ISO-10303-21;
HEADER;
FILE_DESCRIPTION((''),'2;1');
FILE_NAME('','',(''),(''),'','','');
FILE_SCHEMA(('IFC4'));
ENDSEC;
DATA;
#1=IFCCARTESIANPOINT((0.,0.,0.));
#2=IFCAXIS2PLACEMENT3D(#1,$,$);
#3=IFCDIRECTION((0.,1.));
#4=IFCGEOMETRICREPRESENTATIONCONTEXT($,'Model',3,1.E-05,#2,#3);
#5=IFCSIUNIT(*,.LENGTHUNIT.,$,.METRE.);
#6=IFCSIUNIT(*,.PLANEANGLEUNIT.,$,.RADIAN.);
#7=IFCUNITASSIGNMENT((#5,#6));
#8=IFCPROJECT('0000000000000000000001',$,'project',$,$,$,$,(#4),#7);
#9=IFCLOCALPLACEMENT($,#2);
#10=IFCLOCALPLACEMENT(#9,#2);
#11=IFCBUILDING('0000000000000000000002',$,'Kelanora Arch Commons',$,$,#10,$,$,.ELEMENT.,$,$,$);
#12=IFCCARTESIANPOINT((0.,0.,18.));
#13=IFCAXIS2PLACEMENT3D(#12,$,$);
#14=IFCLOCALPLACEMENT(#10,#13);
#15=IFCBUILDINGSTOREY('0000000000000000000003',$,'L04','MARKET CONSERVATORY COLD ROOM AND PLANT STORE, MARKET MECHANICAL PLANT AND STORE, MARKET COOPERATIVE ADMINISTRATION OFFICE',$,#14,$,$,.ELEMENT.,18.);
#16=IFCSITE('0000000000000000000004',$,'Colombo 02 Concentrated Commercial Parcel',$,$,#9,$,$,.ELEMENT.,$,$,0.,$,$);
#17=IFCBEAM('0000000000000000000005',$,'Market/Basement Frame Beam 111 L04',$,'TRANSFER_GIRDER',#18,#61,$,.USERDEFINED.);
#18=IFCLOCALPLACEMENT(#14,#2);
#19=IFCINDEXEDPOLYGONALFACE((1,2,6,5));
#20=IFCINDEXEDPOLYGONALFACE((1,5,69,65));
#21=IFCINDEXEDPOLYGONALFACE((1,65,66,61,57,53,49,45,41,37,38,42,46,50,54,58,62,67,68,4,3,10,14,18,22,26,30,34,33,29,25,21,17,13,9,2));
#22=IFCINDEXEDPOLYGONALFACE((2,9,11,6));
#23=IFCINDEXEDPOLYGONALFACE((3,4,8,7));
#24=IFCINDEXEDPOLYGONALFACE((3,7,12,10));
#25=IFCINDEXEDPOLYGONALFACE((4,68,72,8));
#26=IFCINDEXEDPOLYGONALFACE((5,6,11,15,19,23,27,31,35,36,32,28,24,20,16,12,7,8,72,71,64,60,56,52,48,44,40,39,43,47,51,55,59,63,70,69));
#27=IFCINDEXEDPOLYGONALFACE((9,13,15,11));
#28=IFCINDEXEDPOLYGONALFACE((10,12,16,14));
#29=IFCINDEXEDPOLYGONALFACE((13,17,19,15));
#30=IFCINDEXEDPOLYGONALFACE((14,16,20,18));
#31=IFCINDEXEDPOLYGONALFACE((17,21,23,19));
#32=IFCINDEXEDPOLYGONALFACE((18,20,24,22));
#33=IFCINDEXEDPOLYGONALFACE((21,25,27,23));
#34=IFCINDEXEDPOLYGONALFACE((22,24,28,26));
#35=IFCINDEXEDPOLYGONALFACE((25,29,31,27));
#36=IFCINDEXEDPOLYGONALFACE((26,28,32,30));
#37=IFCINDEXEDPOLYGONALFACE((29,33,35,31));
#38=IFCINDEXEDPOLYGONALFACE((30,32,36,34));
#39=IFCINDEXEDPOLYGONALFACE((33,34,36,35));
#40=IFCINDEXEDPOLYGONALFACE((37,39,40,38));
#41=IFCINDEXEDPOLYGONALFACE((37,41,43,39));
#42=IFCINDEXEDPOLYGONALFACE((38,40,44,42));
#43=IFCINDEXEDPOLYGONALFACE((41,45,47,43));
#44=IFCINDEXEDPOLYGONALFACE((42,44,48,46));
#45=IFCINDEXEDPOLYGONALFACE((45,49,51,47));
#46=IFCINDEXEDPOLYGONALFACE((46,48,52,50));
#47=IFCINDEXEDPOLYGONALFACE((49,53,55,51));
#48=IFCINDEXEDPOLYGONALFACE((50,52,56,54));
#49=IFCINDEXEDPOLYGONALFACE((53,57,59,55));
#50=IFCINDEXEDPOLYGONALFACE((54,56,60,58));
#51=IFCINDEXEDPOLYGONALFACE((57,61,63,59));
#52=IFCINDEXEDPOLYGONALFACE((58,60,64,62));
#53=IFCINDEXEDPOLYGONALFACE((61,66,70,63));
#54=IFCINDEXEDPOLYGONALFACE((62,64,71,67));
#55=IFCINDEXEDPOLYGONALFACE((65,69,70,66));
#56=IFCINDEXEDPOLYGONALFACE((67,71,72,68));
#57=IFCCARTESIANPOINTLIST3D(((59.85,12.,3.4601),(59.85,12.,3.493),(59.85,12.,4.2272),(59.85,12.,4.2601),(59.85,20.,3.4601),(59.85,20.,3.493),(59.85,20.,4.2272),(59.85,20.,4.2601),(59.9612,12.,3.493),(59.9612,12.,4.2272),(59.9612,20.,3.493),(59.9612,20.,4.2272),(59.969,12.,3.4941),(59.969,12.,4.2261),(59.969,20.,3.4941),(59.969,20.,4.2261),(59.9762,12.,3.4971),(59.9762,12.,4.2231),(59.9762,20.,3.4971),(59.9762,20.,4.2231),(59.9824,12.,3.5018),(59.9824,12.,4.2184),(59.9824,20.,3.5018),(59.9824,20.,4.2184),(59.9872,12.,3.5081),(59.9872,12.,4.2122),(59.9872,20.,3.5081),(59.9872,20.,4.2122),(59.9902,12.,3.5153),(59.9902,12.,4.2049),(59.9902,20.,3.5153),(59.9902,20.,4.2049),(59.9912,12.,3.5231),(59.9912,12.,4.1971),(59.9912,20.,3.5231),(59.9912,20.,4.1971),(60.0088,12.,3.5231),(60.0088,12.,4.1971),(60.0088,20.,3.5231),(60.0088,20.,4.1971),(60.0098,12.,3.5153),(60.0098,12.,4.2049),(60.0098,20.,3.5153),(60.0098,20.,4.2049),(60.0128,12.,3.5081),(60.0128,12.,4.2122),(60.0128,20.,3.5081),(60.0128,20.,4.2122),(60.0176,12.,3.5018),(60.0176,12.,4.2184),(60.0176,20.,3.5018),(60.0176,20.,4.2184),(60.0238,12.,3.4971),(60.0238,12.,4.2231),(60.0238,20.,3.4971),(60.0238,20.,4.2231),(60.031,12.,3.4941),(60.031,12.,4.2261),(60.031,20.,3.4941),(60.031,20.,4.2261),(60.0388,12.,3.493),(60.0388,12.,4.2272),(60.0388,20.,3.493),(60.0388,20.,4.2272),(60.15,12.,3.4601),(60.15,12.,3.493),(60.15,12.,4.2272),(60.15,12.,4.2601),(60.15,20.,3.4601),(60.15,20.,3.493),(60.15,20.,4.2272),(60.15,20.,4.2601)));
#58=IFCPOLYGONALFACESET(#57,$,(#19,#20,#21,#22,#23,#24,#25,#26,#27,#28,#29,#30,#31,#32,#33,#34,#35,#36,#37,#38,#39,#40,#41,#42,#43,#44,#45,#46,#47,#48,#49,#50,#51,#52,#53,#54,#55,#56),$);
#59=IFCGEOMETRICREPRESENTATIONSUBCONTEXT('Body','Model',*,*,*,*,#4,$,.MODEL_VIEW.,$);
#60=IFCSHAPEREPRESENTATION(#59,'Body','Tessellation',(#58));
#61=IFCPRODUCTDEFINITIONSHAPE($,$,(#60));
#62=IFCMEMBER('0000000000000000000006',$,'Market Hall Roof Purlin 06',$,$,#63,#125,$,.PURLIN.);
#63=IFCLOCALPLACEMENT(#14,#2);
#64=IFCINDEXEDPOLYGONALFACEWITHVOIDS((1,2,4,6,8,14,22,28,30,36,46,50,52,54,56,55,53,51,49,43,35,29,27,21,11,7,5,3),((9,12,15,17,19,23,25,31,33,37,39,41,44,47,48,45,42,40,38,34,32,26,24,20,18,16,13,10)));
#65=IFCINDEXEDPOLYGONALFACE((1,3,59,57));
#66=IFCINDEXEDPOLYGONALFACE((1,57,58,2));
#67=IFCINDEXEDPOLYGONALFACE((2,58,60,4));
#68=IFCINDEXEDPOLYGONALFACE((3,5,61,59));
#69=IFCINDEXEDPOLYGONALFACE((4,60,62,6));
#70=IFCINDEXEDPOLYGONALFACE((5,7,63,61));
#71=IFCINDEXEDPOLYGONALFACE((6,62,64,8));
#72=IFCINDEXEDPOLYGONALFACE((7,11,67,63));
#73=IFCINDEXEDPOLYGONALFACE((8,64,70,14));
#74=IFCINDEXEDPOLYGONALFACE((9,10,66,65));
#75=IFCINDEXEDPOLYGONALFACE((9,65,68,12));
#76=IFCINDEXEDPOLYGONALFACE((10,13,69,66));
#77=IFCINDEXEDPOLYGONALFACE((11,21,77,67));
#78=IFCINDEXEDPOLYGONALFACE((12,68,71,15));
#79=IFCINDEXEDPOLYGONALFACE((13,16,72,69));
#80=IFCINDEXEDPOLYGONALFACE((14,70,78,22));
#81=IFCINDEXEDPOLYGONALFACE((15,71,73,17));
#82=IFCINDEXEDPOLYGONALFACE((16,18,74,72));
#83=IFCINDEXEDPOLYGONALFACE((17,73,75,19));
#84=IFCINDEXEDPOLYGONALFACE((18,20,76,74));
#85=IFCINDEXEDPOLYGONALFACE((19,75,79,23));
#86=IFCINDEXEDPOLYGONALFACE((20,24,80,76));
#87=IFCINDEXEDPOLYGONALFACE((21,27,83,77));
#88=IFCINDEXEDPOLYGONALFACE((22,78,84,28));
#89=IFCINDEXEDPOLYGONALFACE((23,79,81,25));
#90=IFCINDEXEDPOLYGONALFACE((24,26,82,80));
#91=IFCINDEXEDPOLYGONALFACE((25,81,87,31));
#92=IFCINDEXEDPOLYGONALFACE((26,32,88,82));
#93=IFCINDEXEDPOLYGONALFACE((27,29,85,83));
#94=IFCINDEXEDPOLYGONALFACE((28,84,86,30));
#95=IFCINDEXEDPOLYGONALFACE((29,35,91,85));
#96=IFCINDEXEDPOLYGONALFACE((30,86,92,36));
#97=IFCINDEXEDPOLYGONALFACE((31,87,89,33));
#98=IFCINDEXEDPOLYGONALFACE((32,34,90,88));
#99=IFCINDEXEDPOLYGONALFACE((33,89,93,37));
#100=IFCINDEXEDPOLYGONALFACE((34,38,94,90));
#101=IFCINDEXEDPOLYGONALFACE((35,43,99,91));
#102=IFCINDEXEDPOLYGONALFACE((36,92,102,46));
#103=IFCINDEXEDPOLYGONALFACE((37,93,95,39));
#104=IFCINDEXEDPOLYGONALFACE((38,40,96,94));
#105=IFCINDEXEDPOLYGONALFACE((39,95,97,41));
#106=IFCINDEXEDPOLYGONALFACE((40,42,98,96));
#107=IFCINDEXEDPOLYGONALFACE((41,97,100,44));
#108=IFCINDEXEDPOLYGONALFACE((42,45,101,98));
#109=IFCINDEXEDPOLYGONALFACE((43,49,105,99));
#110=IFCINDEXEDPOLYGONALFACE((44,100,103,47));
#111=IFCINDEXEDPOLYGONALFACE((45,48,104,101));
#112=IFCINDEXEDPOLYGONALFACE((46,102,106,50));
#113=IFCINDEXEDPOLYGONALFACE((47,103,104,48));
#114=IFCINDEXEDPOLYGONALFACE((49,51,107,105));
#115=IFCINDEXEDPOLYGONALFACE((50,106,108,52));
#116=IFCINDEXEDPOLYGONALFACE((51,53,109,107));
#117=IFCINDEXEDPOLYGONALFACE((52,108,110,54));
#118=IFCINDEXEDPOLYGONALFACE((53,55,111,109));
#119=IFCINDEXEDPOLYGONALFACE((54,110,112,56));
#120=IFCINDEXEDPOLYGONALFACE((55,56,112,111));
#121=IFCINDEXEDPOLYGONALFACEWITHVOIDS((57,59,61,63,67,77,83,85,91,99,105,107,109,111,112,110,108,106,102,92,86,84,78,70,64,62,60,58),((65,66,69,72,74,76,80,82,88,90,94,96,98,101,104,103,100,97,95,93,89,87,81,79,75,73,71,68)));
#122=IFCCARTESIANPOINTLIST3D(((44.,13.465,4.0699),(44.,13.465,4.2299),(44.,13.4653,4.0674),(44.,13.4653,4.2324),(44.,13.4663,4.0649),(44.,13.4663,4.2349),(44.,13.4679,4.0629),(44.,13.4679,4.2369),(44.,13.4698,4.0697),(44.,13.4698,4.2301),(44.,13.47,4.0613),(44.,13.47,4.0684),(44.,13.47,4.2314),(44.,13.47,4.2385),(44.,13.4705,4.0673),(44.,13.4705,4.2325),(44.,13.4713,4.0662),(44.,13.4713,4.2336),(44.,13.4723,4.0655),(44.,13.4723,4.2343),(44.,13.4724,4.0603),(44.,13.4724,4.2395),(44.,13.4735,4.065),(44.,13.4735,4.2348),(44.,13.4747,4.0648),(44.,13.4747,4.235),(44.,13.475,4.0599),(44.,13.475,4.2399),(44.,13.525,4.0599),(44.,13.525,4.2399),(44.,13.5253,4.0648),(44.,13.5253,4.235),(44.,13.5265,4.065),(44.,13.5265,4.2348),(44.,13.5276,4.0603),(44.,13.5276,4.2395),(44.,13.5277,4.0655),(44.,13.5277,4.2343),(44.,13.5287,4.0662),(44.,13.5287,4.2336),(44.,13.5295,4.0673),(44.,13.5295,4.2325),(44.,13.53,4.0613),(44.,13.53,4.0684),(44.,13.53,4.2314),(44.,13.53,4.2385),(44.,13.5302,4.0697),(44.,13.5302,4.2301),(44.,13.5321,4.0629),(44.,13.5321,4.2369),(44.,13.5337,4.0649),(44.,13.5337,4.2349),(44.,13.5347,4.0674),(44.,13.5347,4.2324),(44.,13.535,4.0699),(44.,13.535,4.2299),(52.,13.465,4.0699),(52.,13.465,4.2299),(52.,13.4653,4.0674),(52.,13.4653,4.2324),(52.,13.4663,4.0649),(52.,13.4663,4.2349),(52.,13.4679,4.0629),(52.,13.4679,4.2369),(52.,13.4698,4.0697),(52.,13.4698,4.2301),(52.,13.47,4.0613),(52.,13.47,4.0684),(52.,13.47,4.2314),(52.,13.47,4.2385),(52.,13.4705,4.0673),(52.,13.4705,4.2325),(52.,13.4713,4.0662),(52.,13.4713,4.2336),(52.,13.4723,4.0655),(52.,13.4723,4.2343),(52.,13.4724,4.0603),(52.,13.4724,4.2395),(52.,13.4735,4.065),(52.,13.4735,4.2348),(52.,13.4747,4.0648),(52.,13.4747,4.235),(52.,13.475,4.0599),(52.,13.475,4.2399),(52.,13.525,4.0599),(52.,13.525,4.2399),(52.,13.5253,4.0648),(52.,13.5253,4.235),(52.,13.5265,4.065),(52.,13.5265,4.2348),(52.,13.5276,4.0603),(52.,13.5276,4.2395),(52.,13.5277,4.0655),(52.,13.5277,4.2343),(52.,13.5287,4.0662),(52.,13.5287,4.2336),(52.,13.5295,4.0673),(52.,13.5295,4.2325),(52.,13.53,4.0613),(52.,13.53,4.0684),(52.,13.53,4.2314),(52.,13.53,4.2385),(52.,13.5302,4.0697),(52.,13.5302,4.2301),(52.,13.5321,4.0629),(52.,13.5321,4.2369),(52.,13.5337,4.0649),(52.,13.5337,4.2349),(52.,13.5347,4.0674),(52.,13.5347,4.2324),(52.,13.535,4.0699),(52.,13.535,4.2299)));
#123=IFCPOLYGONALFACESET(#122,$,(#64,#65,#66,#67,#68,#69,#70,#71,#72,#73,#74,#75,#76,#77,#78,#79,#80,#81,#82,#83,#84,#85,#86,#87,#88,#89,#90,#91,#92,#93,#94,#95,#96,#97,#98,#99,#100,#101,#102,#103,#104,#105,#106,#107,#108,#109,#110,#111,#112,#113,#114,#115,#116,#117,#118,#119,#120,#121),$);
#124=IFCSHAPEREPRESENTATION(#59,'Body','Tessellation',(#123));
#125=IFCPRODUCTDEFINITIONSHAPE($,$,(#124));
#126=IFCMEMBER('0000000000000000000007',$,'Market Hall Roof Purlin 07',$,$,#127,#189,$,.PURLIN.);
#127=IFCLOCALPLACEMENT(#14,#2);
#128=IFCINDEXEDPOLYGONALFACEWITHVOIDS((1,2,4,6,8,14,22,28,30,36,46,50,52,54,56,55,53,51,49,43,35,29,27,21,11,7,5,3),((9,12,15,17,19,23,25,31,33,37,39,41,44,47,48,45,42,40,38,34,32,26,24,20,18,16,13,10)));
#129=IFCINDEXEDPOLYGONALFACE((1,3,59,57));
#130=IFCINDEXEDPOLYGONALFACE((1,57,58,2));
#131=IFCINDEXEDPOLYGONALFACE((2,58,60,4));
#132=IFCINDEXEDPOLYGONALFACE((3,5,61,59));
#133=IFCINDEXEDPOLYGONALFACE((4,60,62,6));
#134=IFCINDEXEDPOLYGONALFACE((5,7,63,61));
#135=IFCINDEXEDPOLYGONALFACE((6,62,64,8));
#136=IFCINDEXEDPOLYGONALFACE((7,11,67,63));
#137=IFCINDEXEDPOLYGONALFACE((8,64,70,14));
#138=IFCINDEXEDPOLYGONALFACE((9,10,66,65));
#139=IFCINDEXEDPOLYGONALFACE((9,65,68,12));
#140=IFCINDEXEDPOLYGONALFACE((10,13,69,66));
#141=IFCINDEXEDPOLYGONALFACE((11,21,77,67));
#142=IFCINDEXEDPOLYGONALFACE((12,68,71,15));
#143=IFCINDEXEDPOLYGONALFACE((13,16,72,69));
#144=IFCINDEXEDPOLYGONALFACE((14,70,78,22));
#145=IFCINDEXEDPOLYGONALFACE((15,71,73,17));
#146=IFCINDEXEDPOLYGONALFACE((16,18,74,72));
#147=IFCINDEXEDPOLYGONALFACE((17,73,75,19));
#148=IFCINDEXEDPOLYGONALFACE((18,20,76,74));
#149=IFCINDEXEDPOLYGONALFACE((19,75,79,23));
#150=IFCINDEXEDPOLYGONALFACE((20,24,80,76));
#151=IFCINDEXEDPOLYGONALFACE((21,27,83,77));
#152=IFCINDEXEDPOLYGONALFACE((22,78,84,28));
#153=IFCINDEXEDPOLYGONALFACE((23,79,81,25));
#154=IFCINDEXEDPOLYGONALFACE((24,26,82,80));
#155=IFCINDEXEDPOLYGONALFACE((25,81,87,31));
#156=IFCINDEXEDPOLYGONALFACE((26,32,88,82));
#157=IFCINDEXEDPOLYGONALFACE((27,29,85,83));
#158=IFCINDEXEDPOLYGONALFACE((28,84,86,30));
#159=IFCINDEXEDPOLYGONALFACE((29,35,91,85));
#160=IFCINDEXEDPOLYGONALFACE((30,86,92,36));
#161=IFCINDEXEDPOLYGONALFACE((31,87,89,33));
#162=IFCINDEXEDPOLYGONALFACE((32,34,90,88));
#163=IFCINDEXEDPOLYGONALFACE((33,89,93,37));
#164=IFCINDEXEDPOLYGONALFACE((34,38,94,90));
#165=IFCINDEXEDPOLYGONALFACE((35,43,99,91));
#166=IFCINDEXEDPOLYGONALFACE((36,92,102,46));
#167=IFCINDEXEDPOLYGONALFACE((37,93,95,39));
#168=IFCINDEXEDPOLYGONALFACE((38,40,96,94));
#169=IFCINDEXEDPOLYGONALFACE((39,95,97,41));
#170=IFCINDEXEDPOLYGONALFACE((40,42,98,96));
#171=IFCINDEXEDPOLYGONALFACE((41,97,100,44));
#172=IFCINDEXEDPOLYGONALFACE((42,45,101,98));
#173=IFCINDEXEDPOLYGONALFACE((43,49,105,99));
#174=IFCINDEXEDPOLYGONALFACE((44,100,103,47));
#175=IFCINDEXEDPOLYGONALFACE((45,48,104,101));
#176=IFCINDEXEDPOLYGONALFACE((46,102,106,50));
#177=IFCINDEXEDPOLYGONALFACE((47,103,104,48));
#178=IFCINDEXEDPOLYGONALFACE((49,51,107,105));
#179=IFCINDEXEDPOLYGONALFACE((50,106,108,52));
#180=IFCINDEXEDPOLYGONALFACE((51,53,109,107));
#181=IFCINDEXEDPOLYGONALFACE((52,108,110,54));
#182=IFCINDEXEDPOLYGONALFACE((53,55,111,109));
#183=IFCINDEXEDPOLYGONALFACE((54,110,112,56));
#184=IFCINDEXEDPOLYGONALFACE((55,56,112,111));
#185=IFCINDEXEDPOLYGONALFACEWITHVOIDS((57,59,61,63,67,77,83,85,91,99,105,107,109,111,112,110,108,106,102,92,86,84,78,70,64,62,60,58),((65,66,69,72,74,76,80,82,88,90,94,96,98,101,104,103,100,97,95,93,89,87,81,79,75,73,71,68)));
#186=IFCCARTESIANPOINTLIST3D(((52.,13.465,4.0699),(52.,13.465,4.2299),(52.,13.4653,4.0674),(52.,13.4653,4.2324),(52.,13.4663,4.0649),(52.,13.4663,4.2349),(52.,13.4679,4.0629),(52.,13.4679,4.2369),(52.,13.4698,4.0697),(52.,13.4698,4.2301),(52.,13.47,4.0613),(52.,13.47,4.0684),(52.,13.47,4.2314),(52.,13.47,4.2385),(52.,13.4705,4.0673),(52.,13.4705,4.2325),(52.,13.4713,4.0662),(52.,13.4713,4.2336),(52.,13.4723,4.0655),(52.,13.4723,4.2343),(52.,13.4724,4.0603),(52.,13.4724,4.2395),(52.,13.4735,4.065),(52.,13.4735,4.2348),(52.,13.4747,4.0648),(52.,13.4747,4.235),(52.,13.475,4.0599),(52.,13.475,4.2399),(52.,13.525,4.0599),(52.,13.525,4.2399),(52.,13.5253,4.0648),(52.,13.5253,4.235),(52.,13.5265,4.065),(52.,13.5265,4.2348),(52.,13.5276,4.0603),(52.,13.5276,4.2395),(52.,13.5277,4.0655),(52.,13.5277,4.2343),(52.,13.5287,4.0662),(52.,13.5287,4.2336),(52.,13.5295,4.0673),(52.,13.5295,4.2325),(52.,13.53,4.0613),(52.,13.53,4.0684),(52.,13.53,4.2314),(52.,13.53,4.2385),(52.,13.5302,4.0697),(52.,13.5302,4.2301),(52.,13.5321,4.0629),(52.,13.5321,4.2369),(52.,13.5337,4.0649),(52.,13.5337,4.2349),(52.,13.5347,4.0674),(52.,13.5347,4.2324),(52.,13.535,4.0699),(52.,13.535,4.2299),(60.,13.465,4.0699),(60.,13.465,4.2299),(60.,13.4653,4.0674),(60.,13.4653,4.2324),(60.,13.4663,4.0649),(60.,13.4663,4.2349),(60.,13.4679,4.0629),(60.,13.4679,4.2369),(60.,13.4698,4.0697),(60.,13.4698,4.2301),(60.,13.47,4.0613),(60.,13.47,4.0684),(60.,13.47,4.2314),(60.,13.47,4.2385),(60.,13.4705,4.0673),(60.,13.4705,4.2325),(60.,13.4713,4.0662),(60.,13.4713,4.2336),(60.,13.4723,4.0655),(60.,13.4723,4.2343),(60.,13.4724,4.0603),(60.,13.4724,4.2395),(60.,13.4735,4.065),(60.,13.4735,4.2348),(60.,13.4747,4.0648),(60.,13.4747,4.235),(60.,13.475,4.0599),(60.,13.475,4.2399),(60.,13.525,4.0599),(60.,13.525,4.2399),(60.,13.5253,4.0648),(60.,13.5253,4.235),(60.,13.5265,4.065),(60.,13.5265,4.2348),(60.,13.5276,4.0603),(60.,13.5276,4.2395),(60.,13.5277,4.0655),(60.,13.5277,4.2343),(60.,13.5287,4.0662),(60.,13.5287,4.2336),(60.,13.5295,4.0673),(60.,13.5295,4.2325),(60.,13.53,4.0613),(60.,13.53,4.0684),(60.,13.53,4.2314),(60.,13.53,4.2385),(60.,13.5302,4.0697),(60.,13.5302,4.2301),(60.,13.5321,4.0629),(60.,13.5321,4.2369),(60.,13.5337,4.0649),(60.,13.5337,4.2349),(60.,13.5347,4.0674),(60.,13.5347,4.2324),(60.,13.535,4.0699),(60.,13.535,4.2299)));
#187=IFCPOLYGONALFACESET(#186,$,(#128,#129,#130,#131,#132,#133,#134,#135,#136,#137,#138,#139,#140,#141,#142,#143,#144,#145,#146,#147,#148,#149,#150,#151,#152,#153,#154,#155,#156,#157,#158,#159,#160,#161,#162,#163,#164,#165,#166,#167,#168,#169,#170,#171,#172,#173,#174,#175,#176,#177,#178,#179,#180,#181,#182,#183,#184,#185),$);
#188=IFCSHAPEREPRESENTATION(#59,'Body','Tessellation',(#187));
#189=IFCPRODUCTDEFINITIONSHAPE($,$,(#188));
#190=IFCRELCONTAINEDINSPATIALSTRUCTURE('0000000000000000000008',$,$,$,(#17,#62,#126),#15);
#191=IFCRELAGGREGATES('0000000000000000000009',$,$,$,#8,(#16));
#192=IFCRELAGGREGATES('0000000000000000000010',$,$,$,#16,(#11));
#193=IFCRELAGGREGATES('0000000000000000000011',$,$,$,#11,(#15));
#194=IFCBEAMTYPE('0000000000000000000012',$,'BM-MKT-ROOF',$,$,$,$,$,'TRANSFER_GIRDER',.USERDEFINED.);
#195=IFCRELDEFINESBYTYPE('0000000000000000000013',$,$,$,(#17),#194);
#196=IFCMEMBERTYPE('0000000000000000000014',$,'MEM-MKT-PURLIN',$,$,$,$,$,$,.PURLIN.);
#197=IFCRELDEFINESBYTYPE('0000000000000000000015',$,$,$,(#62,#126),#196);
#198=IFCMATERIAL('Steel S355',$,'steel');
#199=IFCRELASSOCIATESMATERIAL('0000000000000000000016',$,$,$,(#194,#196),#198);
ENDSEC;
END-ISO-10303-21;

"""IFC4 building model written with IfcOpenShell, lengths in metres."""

from ifc_helpers import new_model, si_unit, direction, frame, origin, origin_2d, place, context, subcontext, project, spatial, hollow_rectangle, i_section, extrude, material, material_profile, profile_set, type_object, element, save


model = new_model("IFC4")

# Units and contexts
model_context = context("Model", 3, precision=1e-05, world=origin(), true_north=direction((0.0, 1.0)))
body_context = subcontext(model_context, "Body", "Model", "MODEL_VIEW")
ifc_project = project(units=[si_unit("LENGTHUNIT", "METRE"), si_unit("PLANEANGLEUNIT", "RADIAN")], contexts=[model_context])

# Site, building, storey
site_placement = place(None, origin())
site = spatial("IfcSite", under=ifc_project, at=site_placement, Name="Colombo 02 Concentrated Commercial Parcel", CompositionType="ELEMENT", RefElevation=0.0)
building_placement = place(site_placement, origin())
building = spatial("IfcBuilding", under=site, at=building_placement, Name="Kelanora Arch Commons", CompositionType="ELEMENT")
storey_placement = place(building_placement, frame((0.0, 0.0, 18.0)))
storey = spatial("IfcBuildingStorey", under=building, at=storey_placement, Name="L04", Description="MARKET CONSERVATORY COLD ROOM AND PLANT STORE, MARKET MECHANICAL PLANT AND STORE, MARKET COOPERATIVE ADMINISTRATION OFFICE", CompositionType="ELEMENT", Elevation=18.0)

# Beam
ifc_material_1 = material(Name="Steel S355", Category="steel")
ifc_material_profile_1 = material_profile(ifc_material_1, i_section(OverallWidth=0.3, OverallDepth=0.8, WebThickness=0.0176, FlangeThickness=0.033, FilletRadius=0.03, at=origin_2d()), Name="HEB800")
ifc_profile_set_1 = profile_set([ifc_material_profile_1], Name="Steel S355")
beam_type = type_object("IfcBeamType", Name="BM-MKT-ROOF", ElementType="TRANSFER_GIRDER", PredefinedType="USERDEFINED", material=ifc_profile_set_1)
for number, where, z_axis, x_axis, name in (
    (1, (60.0, 12.0, 3.8601), (0.0, 1.0, 0.0), (-1.0, 0.0, 0.0), "Market/Basement Frame Beam 111 L04"),
):
    element("IfcBeam", number, at=place(storey_placement, frame(where, z_axis=z_axis, x_axis=x_axis)), inside=storey, type_object=beam_type, Name=name, ObjectType="TRANSFER_GIRDER", PredefinedType="USERDEFINED", context=body_context, shape_type="SweptSolid", body=[
        extrude(i_section(OverallWidth=0.3, OverallDepth=0.8, WebThickness=0.0176, FlangeThickness=0.033, FilletRadius=0.03, at=origin_2d()), origin(), (0.0, 0.0, 1.0), 8.0),
    ])

# Members
ifc_material_profile_2 = material_profile(ifc_material_1, hollow_rectangle(XDim=0.0701, YDim=0.1799, WallThickness=0.0049, InnerFilletRadius=0.0049, OuterFilletRadius=0.01, at=origin_2d()), Name="RHS180x70x5")
ifc_profile_set_2 = profile_set([ifc_material_profile_2], Name="Steel S355")
member_type = type_object("IfcMemberType", Name="MEM-MKT-PURLIN", PredefinedType="PURLIN", material=ifc_profile_set_2)
for number, where, z_axis, x_axis, name in (
    (2, (44.0, 13.5, 4.1499), (1.0, 0.0, 0.0), (0.0, 1.0, 0.0), "Market Hall Roof Purlin 06"),
    (3, (52.0, 13.5, 4.1499), (1.0, 0.0, 0.0), (0.0, 1.0, 0.0), "Market Hall Roof Purlin 07"),
):
    element("IfcMember", number, at=place(storey_placement, frame(where, z_axis=z_axis, x_axis=x_axis)), inside=storey, type_object=member_type, Name=name, PredefinedType="PURLIN", context=body_context, shape_type="SweptSolid", body=[
        extrude(hollow_rectangle(XDim=0.0701, YDim=0.1799, WallThickness=0.0049, InnerFilletRadius=0.0049, OuterFilletRadius=0.01, at=origin_2d()), origin(), (0.0, 0.0, 1.0), 8.0),
    ])

save(model, "model.ifc")
